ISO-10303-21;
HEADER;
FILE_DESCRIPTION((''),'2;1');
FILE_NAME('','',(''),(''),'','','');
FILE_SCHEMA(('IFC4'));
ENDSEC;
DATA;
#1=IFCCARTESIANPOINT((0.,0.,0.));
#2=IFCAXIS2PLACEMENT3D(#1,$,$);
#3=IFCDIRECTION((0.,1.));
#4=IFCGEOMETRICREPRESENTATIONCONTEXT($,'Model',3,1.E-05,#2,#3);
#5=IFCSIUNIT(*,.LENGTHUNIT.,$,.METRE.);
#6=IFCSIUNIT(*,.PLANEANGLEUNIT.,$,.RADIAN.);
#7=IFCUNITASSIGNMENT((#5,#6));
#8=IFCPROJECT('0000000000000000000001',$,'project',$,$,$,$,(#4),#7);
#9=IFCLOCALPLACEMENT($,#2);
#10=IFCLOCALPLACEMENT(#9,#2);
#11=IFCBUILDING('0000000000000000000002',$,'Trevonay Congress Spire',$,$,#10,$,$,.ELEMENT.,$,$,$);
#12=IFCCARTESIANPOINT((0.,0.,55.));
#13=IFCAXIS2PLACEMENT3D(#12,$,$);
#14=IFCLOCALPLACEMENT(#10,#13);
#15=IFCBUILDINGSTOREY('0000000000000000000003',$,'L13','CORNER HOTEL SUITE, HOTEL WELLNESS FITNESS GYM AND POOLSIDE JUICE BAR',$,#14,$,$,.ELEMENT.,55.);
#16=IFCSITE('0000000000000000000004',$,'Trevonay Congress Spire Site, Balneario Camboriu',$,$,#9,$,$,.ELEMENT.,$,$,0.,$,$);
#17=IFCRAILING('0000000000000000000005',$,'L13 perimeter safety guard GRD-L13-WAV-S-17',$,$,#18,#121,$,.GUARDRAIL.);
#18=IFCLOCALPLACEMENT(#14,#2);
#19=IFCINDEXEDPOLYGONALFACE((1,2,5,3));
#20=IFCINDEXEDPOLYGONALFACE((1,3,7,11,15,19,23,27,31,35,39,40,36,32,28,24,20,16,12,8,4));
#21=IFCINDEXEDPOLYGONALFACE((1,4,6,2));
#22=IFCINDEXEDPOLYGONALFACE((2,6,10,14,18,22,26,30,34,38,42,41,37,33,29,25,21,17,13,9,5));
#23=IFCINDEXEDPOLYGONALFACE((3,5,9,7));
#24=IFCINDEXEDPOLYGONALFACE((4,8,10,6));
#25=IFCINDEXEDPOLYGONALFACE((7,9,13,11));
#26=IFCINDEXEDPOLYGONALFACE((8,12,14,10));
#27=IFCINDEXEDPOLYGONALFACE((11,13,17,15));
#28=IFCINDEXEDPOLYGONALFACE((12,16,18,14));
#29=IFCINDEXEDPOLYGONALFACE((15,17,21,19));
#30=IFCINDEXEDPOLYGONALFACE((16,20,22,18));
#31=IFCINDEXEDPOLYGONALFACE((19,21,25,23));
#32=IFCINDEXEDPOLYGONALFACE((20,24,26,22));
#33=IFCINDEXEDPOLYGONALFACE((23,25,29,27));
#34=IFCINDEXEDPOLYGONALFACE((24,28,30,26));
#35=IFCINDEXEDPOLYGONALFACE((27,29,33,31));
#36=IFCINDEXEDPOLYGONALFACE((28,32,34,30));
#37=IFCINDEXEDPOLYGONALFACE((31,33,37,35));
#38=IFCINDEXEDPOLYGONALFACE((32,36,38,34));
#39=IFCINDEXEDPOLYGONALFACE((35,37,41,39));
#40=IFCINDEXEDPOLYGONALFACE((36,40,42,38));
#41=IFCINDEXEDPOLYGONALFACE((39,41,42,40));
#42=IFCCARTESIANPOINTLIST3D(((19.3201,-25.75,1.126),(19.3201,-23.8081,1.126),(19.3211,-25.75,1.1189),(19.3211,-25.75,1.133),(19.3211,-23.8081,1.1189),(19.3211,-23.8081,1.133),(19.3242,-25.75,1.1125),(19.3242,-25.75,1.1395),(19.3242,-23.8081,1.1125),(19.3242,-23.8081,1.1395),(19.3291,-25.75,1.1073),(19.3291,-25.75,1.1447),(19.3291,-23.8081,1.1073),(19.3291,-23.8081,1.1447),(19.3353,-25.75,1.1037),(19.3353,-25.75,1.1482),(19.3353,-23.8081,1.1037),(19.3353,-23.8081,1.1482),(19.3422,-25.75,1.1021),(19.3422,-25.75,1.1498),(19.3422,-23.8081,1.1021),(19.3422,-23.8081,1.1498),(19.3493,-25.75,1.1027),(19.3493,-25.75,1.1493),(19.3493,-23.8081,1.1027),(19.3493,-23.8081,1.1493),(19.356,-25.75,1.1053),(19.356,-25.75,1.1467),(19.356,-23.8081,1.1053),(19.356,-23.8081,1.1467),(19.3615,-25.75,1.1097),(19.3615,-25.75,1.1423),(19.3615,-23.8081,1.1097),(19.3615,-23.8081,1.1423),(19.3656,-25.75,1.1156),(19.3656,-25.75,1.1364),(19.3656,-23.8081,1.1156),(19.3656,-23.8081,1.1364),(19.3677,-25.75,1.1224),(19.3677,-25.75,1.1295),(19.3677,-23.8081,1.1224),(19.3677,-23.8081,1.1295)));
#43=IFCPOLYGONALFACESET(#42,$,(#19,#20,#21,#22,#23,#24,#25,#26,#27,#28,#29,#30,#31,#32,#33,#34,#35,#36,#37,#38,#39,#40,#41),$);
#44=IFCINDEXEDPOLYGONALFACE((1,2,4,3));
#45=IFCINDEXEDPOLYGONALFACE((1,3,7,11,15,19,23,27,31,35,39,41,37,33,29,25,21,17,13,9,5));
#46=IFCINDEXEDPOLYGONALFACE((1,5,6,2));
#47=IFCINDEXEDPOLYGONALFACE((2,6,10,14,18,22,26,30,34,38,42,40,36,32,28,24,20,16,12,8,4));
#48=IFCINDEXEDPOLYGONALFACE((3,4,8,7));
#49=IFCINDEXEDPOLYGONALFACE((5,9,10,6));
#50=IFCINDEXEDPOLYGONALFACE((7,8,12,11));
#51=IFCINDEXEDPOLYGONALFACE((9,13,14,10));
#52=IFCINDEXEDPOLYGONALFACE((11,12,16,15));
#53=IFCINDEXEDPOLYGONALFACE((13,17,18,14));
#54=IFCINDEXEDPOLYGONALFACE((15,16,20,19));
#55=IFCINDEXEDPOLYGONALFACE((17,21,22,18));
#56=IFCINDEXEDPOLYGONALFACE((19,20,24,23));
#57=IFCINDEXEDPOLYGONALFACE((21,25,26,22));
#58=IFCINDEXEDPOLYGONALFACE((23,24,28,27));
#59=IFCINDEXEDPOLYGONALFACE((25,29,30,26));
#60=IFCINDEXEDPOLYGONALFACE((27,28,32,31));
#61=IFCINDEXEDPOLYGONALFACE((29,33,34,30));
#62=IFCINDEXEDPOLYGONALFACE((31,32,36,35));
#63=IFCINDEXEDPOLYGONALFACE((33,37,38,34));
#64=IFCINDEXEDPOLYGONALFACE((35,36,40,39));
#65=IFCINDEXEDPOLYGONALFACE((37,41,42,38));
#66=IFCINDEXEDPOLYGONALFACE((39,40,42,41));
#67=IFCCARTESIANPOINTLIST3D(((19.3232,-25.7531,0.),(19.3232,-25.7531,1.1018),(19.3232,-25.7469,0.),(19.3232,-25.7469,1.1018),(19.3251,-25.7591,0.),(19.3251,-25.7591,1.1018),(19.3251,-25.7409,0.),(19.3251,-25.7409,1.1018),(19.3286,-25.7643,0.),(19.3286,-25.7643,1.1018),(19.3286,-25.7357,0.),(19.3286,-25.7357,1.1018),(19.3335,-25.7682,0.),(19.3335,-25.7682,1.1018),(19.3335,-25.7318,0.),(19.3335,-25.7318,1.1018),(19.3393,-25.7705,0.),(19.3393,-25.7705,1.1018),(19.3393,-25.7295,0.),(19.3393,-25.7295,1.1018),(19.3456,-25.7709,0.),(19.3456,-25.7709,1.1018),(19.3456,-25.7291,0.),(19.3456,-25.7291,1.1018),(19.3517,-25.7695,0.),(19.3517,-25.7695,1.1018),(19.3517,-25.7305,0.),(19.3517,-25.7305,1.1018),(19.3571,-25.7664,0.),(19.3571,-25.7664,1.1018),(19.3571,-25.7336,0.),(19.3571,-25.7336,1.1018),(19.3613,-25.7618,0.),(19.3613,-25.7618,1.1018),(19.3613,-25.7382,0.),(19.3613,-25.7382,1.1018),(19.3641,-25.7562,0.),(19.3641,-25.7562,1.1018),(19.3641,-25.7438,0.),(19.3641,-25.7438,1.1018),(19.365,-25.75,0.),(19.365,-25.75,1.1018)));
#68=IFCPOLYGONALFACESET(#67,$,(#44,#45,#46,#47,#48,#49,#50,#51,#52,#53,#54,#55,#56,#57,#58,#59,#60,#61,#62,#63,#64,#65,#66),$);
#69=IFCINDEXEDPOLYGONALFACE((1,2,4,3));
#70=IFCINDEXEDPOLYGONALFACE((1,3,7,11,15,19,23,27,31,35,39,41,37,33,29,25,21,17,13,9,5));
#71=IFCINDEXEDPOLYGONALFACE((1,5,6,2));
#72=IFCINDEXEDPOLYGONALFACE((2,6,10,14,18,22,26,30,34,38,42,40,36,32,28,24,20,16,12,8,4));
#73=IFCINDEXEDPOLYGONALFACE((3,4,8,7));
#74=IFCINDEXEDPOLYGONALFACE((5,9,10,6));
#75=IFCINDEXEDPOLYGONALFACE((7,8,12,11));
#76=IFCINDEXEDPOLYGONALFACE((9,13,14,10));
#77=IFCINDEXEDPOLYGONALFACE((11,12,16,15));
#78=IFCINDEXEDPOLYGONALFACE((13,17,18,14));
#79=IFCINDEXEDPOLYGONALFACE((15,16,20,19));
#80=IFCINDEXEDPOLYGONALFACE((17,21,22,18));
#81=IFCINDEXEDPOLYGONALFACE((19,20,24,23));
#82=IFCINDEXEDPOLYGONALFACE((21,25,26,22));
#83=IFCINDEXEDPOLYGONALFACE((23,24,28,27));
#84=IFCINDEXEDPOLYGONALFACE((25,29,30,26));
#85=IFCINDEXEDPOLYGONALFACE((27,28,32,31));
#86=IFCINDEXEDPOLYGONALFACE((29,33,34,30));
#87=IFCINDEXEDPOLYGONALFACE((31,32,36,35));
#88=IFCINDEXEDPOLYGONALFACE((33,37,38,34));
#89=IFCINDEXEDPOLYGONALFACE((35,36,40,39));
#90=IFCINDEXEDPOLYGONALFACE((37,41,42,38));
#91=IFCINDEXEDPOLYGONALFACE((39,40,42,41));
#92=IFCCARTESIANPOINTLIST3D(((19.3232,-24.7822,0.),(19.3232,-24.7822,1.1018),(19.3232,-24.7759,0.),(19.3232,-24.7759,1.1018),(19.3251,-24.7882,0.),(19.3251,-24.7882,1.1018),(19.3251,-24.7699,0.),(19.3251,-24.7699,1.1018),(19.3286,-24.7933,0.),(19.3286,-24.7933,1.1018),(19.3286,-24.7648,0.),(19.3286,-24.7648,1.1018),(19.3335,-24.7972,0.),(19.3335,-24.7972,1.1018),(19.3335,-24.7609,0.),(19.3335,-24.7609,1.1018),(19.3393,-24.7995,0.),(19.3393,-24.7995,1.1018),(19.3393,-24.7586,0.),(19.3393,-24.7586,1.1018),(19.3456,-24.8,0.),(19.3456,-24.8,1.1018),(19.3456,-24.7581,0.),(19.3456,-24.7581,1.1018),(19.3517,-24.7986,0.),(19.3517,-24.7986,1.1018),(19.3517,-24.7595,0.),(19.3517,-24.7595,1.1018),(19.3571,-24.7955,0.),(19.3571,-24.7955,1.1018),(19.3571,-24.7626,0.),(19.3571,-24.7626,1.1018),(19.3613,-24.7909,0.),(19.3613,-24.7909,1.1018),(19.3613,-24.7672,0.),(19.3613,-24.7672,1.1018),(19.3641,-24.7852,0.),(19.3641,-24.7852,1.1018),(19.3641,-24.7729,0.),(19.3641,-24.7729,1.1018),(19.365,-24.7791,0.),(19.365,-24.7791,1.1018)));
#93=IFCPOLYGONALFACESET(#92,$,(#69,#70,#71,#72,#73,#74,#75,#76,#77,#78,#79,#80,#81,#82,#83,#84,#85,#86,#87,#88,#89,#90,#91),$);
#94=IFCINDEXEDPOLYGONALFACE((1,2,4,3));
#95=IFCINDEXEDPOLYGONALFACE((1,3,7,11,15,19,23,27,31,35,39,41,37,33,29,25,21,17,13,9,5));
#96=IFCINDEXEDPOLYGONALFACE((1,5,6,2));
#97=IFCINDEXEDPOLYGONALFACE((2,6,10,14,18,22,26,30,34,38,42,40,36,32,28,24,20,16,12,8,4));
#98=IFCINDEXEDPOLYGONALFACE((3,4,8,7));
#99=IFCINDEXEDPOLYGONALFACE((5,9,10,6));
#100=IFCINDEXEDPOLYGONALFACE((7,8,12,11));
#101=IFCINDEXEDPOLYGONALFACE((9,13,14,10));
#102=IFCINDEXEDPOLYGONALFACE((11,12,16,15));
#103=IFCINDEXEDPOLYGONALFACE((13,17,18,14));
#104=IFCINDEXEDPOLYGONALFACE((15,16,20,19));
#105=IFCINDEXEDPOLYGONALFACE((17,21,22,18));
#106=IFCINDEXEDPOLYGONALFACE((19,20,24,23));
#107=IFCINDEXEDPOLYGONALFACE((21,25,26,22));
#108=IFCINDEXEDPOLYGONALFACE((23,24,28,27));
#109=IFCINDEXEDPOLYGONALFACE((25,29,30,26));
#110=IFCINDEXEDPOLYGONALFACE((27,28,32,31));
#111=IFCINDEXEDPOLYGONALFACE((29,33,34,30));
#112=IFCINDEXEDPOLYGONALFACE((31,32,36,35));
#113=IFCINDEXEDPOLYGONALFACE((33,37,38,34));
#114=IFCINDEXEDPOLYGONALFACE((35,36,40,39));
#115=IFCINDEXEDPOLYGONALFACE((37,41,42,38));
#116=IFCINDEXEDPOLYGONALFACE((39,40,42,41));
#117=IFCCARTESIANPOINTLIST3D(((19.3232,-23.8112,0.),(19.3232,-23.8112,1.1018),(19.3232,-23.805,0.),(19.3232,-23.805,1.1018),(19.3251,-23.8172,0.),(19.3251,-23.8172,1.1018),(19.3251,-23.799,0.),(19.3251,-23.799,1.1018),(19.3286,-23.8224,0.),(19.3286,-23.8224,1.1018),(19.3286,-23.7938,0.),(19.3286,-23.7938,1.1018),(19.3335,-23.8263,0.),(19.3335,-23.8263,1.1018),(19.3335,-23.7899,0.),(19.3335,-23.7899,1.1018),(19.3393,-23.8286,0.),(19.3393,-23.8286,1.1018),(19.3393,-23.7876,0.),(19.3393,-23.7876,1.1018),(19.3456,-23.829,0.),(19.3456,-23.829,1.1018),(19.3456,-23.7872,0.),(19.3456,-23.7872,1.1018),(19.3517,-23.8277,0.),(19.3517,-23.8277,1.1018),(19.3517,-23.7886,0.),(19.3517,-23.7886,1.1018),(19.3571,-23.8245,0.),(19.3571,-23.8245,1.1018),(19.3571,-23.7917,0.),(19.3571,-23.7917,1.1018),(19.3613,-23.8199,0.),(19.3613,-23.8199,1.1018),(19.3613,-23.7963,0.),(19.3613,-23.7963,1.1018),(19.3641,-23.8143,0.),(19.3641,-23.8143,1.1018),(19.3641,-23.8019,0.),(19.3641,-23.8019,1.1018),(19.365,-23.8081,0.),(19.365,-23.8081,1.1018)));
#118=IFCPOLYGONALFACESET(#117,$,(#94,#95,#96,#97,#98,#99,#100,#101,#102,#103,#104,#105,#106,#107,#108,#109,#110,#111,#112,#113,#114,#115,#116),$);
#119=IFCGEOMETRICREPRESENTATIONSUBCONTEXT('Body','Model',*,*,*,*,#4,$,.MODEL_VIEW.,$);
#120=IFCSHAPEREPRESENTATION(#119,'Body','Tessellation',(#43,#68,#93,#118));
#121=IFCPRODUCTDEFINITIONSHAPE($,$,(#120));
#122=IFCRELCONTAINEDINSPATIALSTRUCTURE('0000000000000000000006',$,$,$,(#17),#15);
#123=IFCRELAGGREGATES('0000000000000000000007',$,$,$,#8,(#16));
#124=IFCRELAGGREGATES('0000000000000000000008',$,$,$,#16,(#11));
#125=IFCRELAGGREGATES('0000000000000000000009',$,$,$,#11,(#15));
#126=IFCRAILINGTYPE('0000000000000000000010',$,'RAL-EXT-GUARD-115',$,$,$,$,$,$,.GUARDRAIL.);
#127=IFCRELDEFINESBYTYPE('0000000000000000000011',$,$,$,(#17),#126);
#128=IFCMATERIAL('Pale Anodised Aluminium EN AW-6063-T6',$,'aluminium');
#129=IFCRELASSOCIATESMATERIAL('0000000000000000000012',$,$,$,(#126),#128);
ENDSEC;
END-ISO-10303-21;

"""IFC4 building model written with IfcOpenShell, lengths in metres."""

from ifc_helpers import new_model, si_unit, direction, frame, origin, origin_2d, place, context, subcontext, project, spatial, circle, extrude, material, type_object, element, save


model = new_model("IFC4")

# Units and contexts
model_context = context("Model", 3, precision=1e-05, world=origin(), true_north=direction((0.0, 1.0)))
body_context = subcontext(model_context, "Body", "Model", "MODEL_VIEW")
ifc_project = project(units=[si_unit("LENGTHUNIT", "METRE"), si_unit("PLANEANGLEUNIT", "RADIAN")], contexts=[model_context])

# Site, building, storey
site_placement = place(None, origin())
site = spatial("IfcSite", under=ifc_project, at=site_placement, Name="Trevonay Congress Spire Site, Balneario Camboriu", CompositionType="ELEMENT", RefElevation=0.0)
building_placement = place(site_placement, origin())
building = spatial("IfcBuilding", under=site, at=building_placement, Name="Trevonay Congress Spire", CompositionType="ELEMENT")
storey_placement = place(building_placement, frame((0.0, 0.0, 55.0)))
storey = spatial("IfcBuildingStorey", under=building, at=storey_placement, Name="L13", Description="CORNER HOTEL SUITE, HOTEL WELLNESS FITNESS GYM AND POOLSIDE JUICE BAR", CompositionType="ELEMENT", Elevation=55.0)

# Shared definitions
ifc_material_1 = material(Name="Pale Anodised Aluminium EN AW-6063-T6", Category="aluminium")

# Railing
railing_type = type_object("IfcRailingType", Name="RAL-EXT-GUARD-115", PredefinedType="GUARDRAIL", material=ifc_material_1)
railing_1_placement = place(storey_placement, frame((19.344, -25.75, 0.0)))
element("IfcRailing", 1, at=railing_1_placement, inside=storey, type_object=railing_type, Name="L13 perimeter safety guard GRD-L13-WAV-S-17", PredefinedType="GUARDRAIL", context=body_context, shape_type="SweptSolid", body=[
    extrude(circle(Radius=0.0239, at=origin_2d()), frame((0.0, 0.0, 1.126), z_axis=(0.0, 1.0, 0.0), x_axis=(-1.0, 0.0, 0.0)), (0.0, 0.0, 1.0), 1.9419),
    extrude(circle(Radius=0.021, at=origin_2d()), origin(), (0.0, 0.0, 1.0), 1.1018),
    extrude(circle(Radius=0.021, at=origin_2d()), frame((0.0, 0.9709, 0.0)), (0.0, 0.0, 1.0), 1.1018),
    extrude(circle(Radius=0.021, at=origin_2d()), frame((0.0, 1.9419, 0.0)), (0.0, 0.0, 1.0), 1.1018),
])

save(model, "model.ifc")
